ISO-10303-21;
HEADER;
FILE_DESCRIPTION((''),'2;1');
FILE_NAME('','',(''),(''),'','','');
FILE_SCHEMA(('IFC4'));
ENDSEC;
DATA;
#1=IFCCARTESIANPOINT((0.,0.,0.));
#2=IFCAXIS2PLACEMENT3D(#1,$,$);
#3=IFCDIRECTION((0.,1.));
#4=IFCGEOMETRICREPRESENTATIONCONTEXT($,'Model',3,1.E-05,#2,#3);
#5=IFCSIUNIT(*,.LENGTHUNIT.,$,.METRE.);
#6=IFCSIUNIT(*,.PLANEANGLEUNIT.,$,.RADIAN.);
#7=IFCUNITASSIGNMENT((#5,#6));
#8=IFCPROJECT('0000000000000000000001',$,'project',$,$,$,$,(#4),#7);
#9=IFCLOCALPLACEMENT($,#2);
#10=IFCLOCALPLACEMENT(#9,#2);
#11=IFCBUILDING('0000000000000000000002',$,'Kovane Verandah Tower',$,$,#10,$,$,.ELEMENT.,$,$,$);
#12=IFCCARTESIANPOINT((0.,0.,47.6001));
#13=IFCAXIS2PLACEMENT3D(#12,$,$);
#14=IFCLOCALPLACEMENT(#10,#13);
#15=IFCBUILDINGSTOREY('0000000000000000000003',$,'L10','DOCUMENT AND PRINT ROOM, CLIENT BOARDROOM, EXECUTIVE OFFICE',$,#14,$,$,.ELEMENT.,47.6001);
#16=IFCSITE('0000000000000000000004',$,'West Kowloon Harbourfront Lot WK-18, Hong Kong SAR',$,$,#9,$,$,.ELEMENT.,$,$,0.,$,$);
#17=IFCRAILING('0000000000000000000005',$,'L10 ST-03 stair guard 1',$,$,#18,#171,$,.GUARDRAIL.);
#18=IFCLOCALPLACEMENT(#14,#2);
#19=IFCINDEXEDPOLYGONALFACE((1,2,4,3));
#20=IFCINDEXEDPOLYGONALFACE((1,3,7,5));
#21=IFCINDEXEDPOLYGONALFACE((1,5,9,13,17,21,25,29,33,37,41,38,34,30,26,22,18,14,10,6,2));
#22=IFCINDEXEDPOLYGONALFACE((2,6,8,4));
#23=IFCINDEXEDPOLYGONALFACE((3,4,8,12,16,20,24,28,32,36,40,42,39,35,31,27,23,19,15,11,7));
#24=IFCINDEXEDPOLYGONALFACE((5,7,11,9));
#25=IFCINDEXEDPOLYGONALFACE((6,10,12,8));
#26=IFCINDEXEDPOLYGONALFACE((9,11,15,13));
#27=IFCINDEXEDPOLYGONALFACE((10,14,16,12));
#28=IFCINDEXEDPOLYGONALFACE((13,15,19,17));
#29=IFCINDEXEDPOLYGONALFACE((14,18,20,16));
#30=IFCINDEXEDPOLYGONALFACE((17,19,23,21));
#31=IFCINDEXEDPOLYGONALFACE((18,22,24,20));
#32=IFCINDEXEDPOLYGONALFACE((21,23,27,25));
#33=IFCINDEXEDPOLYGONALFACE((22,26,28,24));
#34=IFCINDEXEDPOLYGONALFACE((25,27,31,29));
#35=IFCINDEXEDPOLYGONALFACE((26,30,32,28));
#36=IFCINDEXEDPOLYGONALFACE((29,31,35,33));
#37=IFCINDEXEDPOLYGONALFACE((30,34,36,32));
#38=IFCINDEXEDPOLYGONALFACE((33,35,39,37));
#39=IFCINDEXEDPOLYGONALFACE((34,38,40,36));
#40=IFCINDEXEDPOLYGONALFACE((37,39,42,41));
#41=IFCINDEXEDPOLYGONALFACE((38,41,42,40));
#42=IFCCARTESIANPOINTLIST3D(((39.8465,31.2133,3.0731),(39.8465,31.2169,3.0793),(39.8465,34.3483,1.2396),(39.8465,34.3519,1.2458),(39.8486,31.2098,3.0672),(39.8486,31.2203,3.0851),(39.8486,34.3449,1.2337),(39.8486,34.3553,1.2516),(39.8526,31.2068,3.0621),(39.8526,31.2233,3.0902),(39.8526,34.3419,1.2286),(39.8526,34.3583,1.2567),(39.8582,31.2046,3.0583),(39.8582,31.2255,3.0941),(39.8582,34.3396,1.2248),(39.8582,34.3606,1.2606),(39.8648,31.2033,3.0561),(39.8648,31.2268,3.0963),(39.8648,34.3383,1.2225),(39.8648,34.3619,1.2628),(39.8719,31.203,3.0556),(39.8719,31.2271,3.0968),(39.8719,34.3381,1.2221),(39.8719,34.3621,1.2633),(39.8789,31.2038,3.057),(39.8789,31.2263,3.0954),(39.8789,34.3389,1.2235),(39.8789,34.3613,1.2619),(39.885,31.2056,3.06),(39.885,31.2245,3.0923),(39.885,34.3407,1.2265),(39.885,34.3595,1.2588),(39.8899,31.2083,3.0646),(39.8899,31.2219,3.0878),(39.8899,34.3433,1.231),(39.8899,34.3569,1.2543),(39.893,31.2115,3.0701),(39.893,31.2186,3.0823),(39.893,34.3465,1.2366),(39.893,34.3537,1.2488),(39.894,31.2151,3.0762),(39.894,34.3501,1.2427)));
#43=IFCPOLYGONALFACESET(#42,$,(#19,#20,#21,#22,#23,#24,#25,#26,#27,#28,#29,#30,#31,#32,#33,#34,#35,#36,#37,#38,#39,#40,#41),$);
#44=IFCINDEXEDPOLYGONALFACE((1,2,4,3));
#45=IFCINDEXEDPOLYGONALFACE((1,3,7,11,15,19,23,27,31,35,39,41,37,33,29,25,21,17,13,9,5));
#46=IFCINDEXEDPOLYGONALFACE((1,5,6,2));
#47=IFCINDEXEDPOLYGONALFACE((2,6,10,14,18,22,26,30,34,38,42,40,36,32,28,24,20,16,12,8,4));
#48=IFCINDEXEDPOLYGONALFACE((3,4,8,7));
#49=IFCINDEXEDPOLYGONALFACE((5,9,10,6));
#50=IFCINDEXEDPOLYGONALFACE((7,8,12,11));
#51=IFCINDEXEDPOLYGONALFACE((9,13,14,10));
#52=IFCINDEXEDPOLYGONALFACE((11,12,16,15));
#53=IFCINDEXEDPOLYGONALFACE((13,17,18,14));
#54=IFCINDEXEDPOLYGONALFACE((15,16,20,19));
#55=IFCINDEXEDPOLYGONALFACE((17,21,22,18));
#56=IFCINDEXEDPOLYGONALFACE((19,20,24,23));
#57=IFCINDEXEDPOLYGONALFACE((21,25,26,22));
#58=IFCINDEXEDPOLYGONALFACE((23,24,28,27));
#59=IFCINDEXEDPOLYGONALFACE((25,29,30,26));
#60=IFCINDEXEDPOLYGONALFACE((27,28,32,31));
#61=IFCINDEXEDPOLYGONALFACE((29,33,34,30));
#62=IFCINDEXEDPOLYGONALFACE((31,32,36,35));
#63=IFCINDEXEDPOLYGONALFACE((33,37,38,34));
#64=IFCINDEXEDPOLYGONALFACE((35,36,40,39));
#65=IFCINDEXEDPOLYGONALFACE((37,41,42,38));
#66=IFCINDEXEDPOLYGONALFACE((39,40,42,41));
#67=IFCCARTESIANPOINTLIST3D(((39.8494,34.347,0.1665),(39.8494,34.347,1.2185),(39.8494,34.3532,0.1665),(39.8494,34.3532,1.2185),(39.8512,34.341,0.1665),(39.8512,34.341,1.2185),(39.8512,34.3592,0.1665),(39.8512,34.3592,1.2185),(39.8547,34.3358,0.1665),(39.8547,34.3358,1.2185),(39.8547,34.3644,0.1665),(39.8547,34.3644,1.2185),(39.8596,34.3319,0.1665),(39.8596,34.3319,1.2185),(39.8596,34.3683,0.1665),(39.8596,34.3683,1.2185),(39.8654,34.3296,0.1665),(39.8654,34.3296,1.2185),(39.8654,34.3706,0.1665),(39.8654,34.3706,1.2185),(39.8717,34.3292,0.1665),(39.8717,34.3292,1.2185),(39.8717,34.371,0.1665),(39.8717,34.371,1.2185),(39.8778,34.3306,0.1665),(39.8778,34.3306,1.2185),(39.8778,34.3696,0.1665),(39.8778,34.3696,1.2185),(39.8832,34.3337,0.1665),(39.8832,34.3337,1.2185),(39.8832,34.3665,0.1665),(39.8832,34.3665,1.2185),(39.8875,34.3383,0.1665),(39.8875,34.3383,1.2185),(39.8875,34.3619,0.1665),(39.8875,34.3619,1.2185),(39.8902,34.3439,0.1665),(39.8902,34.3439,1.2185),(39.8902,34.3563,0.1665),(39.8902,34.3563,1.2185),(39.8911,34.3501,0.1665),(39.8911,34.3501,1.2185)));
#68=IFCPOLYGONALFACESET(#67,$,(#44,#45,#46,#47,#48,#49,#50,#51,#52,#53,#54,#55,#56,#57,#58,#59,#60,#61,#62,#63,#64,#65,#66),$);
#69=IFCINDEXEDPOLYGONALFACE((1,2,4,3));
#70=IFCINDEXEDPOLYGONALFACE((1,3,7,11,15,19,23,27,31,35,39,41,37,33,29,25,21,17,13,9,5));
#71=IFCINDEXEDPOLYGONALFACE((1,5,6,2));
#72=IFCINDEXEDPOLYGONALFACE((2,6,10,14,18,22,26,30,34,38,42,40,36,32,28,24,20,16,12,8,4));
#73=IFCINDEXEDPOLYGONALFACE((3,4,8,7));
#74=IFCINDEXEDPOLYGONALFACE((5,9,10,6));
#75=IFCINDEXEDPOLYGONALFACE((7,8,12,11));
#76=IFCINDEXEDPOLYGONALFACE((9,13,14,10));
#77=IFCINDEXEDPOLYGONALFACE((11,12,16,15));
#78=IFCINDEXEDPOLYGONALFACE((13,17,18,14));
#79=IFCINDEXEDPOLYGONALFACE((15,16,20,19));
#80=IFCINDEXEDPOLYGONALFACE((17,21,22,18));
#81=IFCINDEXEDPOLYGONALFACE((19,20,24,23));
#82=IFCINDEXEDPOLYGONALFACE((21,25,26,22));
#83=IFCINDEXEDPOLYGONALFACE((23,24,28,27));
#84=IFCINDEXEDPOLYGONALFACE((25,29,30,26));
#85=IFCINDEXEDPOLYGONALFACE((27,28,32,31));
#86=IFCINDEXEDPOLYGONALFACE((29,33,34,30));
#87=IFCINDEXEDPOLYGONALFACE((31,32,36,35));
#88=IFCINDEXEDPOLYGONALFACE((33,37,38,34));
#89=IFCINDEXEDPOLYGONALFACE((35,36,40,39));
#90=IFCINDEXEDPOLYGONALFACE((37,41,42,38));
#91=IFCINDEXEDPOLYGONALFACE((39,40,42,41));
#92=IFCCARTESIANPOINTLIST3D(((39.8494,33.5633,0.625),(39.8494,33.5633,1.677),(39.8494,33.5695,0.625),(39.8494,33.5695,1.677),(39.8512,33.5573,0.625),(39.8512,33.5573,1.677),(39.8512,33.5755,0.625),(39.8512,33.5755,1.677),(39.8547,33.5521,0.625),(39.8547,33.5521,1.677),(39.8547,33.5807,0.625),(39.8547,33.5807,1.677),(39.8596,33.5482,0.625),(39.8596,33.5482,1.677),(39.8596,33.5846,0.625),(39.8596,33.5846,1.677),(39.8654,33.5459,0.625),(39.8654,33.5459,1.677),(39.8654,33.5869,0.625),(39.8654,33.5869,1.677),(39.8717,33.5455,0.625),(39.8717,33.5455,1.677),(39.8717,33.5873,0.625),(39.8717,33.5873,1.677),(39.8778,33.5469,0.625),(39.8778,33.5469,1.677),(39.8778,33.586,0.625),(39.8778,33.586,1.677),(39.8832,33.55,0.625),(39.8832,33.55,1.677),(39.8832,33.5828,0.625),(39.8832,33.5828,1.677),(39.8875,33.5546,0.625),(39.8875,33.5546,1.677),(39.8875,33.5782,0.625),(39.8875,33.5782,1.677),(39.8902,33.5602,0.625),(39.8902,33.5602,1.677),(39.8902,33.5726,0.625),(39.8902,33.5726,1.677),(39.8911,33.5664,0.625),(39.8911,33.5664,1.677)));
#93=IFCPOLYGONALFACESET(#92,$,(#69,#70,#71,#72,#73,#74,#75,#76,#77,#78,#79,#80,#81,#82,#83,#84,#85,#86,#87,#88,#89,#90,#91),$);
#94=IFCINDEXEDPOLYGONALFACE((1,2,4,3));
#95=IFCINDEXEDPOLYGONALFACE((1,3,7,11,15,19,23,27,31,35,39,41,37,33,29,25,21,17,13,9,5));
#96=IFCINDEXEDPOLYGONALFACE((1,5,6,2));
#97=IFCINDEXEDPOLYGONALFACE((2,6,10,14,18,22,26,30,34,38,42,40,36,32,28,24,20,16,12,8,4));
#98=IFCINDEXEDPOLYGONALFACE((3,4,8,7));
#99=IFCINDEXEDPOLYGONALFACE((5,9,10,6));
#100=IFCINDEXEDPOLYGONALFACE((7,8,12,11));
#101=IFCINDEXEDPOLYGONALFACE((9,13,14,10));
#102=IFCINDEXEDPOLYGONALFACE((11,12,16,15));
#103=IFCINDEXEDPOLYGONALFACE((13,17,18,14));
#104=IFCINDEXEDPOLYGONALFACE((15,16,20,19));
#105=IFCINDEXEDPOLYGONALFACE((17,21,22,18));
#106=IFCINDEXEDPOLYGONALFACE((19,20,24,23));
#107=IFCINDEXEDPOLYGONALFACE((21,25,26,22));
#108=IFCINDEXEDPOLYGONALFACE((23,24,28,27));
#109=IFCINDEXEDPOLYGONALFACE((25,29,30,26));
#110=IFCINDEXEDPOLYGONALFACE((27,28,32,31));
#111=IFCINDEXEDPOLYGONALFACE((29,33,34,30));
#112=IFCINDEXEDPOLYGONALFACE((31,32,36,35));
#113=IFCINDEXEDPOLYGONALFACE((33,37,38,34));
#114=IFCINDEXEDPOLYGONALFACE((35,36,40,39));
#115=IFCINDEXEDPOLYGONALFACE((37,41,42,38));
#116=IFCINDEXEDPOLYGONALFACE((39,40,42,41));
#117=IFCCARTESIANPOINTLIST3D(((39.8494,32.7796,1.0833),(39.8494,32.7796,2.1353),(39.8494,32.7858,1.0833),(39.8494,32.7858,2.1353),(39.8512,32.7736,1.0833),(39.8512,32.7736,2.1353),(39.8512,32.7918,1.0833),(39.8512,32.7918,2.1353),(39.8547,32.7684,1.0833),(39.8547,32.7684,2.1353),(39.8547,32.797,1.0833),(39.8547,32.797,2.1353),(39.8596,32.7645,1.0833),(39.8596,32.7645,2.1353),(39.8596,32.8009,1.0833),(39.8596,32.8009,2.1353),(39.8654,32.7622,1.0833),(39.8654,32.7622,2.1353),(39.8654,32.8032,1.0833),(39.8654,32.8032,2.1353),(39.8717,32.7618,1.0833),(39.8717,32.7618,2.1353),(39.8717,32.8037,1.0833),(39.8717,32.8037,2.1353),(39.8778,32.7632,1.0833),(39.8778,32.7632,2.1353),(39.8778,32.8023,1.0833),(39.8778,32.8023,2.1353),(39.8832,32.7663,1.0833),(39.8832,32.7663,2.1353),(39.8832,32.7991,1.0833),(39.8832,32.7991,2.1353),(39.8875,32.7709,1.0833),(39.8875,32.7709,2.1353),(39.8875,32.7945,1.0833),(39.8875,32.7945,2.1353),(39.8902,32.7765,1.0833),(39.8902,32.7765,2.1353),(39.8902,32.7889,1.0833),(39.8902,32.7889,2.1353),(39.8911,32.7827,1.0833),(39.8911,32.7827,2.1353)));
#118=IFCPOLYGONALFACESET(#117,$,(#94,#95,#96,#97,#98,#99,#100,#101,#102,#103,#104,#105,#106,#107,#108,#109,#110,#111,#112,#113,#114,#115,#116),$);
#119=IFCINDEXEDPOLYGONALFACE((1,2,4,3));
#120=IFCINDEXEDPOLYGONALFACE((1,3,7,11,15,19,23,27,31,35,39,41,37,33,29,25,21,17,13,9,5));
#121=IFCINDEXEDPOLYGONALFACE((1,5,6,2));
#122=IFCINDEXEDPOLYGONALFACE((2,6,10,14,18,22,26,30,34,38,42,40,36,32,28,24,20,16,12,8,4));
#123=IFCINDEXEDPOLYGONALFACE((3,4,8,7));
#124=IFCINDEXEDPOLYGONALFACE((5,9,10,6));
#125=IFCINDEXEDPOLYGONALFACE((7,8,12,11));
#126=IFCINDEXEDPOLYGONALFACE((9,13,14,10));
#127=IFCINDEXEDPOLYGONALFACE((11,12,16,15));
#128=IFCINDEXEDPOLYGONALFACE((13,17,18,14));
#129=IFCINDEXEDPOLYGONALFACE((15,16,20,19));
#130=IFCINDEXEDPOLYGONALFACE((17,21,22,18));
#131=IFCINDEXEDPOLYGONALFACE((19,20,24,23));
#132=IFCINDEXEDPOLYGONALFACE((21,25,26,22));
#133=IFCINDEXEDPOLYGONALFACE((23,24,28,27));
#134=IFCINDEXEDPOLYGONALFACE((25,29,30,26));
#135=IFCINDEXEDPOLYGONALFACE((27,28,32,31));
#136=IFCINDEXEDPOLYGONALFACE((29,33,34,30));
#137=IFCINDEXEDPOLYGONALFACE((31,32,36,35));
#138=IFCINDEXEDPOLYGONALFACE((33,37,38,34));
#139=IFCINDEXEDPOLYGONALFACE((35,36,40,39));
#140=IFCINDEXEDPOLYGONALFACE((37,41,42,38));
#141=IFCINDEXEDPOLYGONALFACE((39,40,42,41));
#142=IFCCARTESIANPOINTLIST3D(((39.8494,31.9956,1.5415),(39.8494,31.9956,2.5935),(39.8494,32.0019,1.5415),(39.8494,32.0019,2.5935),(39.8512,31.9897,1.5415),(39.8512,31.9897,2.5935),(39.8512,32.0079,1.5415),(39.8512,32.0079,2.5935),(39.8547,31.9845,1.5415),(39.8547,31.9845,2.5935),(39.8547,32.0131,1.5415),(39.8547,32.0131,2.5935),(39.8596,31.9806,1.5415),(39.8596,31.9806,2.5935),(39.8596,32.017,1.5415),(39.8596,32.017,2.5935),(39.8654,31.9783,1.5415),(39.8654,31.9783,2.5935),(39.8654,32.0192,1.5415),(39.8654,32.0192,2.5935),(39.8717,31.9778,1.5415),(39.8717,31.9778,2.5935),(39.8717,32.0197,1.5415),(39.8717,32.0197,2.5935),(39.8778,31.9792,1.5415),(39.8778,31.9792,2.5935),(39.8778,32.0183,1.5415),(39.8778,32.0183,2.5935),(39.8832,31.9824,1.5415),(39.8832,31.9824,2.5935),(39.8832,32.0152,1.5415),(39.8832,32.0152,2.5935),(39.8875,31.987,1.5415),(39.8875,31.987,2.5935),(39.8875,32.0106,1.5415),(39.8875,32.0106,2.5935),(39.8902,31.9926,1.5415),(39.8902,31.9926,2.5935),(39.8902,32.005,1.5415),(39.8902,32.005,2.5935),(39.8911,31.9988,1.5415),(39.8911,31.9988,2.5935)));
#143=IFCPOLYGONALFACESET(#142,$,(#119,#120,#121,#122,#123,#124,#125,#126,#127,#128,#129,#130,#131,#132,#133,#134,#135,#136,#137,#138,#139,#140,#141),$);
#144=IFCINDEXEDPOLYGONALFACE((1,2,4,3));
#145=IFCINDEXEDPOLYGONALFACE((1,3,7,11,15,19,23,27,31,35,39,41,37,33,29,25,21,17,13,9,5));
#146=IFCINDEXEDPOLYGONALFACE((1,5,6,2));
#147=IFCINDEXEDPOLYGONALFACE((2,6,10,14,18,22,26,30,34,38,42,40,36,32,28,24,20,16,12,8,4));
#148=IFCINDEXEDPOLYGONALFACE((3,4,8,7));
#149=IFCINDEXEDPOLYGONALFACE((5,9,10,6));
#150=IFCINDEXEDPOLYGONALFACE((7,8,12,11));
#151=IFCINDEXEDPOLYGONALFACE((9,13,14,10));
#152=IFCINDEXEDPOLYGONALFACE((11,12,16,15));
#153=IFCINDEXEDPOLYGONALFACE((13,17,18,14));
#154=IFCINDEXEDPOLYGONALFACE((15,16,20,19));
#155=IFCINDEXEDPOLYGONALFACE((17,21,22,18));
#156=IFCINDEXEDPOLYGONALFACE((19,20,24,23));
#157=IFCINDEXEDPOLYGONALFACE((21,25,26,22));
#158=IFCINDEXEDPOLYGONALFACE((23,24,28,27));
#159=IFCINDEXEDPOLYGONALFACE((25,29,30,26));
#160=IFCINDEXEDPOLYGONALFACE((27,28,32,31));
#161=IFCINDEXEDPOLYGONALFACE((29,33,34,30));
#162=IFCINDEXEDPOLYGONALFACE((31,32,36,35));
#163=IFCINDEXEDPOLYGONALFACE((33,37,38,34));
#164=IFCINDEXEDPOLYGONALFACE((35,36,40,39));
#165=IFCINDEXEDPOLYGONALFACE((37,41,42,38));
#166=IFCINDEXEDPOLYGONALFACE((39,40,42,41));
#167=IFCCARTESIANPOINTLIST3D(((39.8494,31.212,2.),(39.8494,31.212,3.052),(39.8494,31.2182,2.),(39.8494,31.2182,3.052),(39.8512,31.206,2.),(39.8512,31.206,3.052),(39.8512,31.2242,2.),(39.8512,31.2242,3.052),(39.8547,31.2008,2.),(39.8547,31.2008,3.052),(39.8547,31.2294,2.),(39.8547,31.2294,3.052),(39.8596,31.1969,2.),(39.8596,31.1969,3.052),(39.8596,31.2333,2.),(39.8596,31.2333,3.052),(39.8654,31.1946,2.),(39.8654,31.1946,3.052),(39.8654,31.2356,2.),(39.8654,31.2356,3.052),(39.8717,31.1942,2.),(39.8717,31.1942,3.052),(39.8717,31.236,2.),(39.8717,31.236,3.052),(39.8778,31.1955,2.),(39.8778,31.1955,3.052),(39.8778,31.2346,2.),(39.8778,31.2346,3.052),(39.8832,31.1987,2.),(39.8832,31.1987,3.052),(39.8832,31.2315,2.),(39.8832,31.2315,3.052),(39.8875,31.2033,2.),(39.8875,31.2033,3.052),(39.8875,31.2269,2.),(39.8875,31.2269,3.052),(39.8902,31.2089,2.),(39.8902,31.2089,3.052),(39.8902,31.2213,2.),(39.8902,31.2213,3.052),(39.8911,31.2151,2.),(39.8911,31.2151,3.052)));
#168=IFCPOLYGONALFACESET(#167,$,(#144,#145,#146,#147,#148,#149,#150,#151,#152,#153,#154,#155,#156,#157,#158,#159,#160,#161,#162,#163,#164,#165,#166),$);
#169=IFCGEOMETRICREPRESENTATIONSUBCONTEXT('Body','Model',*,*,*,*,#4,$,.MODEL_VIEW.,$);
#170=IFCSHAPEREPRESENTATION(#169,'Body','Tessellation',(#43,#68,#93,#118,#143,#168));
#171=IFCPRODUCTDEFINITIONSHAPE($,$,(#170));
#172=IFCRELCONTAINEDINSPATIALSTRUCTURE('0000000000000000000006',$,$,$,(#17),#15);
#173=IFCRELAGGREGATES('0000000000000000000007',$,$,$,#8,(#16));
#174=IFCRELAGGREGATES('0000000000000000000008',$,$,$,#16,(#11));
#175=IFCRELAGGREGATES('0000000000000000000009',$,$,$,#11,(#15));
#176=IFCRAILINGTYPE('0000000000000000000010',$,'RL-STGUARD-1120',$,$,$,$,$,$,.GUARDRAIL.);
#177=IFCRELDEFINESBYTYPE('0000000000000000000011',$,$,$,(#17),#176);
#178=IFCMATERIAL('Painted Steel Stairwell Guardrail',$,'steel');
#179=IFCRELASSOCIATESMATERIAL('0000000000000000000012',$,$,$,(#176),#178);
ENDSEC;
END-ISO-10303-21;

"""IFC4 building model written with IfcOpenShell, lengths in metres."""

from ifc_helpers import new_model, si_unit, direction, frame, origin, origin_2d, place, context, subcontext, project, spatial, circle, extrude, material, type_object, element, save


model = new_model("IFC4")

# Units and contexts
model_context = context("Model", 3, precision=1e-05, world=origin(), true_north=direction((0.0, 1.0)))
body_context = subcontext(model_context, "Body", "Model", "MODEL_VIEW")
ifc_project = project(units=[si_unit("LENGTHUNIT", "METRE"), si_unit("PLANEANGLEUNIT", "RADIAN")], contexts=[model_context])

# Site, building, storey
site_placement = place(None, origin())
site = spatial("IfcSite", under=ifc_project, at=site_placement, Name="West Kowloon Harbourfront Lot WK-18, Hong Kong SAR", CompositionType="ELEMENT", RefElevation=0.0)
building_placement = place(site_placement, origin())
building = spatial("IfcBuilding", under=site, at=building_placement, Name="Kovane Verandah Tower", CompositionType="ELEMENT")
storey_placement = place(building_placement, frame((0.0, 0.0, 47.6001)))
storey = spatial("IfcBuildingStorey", under=building, at=storey_placement, Name="L10", Description="DOCUMENT AND PRINT ROOM, CLIENT BOARDROOM, EXECUTIVE OFFICE", CompositionType="ELEMENT", Elevation=47.6001)

# Railing
ifc_material_1 = material(Name="Painted Steel Stairwell Guardrail", Category="steel")
railing_type_1 = type_object("IfcRailingType", Name="RL-STGUARD-1120", PredefinedType="GUARDRAIL", material=ifc_material_1)
railing_1_placement = place(storey_placement, frame((39.8701, 34.3501, 0.1665)))
element("IfcRailing", 1, at=railing_1_placement, inside=storey, type_object=railing_type_1, Name="L10 ST-03 stair guard 1", PredefinedType="GUARDRAIL", context=body_context, shape_type="SweptSolid", body=[
    extrude(circle(Radius=0.0239, at=origin_2d()), frame((0.0, 0.0, 1.0762), z_axis=(0.0, -0.86321, 0.504845), x_axis=(1.0, 0.0, 0.0)), (0.0, 0.0, 1.0), 3.6318),
    extrude(circle(Radius=0.021, at=origin_2d()), origin(), (0.0, 0.0, 1.0), 1.052),
    extrude(circle(Radius=0.021, at=origin_2d()), frame((0.0, -0.7837, 0.4585)), (0.0, 0.0, 1.0), 1.052),
    extrude(circle(Radius=0.021, at=origin_2d()), frame((0.0, -1.5674, 0.9167)), (0.0, 0.0, 1.0), 1.052),
    extrude(circle(Radius=0.021, at=origin_2d()), frame((0.0, -2.3513, 1.375)), (0.0, 0.0, 1.0), 1.052),
    extrude(circle(Radius=0.021, at=origin_2d()), frame((0.0, -3.135, 1.8335)), (0.0, 0.0, 1.0), 1.052),
])

save(model, "model.ifc")
